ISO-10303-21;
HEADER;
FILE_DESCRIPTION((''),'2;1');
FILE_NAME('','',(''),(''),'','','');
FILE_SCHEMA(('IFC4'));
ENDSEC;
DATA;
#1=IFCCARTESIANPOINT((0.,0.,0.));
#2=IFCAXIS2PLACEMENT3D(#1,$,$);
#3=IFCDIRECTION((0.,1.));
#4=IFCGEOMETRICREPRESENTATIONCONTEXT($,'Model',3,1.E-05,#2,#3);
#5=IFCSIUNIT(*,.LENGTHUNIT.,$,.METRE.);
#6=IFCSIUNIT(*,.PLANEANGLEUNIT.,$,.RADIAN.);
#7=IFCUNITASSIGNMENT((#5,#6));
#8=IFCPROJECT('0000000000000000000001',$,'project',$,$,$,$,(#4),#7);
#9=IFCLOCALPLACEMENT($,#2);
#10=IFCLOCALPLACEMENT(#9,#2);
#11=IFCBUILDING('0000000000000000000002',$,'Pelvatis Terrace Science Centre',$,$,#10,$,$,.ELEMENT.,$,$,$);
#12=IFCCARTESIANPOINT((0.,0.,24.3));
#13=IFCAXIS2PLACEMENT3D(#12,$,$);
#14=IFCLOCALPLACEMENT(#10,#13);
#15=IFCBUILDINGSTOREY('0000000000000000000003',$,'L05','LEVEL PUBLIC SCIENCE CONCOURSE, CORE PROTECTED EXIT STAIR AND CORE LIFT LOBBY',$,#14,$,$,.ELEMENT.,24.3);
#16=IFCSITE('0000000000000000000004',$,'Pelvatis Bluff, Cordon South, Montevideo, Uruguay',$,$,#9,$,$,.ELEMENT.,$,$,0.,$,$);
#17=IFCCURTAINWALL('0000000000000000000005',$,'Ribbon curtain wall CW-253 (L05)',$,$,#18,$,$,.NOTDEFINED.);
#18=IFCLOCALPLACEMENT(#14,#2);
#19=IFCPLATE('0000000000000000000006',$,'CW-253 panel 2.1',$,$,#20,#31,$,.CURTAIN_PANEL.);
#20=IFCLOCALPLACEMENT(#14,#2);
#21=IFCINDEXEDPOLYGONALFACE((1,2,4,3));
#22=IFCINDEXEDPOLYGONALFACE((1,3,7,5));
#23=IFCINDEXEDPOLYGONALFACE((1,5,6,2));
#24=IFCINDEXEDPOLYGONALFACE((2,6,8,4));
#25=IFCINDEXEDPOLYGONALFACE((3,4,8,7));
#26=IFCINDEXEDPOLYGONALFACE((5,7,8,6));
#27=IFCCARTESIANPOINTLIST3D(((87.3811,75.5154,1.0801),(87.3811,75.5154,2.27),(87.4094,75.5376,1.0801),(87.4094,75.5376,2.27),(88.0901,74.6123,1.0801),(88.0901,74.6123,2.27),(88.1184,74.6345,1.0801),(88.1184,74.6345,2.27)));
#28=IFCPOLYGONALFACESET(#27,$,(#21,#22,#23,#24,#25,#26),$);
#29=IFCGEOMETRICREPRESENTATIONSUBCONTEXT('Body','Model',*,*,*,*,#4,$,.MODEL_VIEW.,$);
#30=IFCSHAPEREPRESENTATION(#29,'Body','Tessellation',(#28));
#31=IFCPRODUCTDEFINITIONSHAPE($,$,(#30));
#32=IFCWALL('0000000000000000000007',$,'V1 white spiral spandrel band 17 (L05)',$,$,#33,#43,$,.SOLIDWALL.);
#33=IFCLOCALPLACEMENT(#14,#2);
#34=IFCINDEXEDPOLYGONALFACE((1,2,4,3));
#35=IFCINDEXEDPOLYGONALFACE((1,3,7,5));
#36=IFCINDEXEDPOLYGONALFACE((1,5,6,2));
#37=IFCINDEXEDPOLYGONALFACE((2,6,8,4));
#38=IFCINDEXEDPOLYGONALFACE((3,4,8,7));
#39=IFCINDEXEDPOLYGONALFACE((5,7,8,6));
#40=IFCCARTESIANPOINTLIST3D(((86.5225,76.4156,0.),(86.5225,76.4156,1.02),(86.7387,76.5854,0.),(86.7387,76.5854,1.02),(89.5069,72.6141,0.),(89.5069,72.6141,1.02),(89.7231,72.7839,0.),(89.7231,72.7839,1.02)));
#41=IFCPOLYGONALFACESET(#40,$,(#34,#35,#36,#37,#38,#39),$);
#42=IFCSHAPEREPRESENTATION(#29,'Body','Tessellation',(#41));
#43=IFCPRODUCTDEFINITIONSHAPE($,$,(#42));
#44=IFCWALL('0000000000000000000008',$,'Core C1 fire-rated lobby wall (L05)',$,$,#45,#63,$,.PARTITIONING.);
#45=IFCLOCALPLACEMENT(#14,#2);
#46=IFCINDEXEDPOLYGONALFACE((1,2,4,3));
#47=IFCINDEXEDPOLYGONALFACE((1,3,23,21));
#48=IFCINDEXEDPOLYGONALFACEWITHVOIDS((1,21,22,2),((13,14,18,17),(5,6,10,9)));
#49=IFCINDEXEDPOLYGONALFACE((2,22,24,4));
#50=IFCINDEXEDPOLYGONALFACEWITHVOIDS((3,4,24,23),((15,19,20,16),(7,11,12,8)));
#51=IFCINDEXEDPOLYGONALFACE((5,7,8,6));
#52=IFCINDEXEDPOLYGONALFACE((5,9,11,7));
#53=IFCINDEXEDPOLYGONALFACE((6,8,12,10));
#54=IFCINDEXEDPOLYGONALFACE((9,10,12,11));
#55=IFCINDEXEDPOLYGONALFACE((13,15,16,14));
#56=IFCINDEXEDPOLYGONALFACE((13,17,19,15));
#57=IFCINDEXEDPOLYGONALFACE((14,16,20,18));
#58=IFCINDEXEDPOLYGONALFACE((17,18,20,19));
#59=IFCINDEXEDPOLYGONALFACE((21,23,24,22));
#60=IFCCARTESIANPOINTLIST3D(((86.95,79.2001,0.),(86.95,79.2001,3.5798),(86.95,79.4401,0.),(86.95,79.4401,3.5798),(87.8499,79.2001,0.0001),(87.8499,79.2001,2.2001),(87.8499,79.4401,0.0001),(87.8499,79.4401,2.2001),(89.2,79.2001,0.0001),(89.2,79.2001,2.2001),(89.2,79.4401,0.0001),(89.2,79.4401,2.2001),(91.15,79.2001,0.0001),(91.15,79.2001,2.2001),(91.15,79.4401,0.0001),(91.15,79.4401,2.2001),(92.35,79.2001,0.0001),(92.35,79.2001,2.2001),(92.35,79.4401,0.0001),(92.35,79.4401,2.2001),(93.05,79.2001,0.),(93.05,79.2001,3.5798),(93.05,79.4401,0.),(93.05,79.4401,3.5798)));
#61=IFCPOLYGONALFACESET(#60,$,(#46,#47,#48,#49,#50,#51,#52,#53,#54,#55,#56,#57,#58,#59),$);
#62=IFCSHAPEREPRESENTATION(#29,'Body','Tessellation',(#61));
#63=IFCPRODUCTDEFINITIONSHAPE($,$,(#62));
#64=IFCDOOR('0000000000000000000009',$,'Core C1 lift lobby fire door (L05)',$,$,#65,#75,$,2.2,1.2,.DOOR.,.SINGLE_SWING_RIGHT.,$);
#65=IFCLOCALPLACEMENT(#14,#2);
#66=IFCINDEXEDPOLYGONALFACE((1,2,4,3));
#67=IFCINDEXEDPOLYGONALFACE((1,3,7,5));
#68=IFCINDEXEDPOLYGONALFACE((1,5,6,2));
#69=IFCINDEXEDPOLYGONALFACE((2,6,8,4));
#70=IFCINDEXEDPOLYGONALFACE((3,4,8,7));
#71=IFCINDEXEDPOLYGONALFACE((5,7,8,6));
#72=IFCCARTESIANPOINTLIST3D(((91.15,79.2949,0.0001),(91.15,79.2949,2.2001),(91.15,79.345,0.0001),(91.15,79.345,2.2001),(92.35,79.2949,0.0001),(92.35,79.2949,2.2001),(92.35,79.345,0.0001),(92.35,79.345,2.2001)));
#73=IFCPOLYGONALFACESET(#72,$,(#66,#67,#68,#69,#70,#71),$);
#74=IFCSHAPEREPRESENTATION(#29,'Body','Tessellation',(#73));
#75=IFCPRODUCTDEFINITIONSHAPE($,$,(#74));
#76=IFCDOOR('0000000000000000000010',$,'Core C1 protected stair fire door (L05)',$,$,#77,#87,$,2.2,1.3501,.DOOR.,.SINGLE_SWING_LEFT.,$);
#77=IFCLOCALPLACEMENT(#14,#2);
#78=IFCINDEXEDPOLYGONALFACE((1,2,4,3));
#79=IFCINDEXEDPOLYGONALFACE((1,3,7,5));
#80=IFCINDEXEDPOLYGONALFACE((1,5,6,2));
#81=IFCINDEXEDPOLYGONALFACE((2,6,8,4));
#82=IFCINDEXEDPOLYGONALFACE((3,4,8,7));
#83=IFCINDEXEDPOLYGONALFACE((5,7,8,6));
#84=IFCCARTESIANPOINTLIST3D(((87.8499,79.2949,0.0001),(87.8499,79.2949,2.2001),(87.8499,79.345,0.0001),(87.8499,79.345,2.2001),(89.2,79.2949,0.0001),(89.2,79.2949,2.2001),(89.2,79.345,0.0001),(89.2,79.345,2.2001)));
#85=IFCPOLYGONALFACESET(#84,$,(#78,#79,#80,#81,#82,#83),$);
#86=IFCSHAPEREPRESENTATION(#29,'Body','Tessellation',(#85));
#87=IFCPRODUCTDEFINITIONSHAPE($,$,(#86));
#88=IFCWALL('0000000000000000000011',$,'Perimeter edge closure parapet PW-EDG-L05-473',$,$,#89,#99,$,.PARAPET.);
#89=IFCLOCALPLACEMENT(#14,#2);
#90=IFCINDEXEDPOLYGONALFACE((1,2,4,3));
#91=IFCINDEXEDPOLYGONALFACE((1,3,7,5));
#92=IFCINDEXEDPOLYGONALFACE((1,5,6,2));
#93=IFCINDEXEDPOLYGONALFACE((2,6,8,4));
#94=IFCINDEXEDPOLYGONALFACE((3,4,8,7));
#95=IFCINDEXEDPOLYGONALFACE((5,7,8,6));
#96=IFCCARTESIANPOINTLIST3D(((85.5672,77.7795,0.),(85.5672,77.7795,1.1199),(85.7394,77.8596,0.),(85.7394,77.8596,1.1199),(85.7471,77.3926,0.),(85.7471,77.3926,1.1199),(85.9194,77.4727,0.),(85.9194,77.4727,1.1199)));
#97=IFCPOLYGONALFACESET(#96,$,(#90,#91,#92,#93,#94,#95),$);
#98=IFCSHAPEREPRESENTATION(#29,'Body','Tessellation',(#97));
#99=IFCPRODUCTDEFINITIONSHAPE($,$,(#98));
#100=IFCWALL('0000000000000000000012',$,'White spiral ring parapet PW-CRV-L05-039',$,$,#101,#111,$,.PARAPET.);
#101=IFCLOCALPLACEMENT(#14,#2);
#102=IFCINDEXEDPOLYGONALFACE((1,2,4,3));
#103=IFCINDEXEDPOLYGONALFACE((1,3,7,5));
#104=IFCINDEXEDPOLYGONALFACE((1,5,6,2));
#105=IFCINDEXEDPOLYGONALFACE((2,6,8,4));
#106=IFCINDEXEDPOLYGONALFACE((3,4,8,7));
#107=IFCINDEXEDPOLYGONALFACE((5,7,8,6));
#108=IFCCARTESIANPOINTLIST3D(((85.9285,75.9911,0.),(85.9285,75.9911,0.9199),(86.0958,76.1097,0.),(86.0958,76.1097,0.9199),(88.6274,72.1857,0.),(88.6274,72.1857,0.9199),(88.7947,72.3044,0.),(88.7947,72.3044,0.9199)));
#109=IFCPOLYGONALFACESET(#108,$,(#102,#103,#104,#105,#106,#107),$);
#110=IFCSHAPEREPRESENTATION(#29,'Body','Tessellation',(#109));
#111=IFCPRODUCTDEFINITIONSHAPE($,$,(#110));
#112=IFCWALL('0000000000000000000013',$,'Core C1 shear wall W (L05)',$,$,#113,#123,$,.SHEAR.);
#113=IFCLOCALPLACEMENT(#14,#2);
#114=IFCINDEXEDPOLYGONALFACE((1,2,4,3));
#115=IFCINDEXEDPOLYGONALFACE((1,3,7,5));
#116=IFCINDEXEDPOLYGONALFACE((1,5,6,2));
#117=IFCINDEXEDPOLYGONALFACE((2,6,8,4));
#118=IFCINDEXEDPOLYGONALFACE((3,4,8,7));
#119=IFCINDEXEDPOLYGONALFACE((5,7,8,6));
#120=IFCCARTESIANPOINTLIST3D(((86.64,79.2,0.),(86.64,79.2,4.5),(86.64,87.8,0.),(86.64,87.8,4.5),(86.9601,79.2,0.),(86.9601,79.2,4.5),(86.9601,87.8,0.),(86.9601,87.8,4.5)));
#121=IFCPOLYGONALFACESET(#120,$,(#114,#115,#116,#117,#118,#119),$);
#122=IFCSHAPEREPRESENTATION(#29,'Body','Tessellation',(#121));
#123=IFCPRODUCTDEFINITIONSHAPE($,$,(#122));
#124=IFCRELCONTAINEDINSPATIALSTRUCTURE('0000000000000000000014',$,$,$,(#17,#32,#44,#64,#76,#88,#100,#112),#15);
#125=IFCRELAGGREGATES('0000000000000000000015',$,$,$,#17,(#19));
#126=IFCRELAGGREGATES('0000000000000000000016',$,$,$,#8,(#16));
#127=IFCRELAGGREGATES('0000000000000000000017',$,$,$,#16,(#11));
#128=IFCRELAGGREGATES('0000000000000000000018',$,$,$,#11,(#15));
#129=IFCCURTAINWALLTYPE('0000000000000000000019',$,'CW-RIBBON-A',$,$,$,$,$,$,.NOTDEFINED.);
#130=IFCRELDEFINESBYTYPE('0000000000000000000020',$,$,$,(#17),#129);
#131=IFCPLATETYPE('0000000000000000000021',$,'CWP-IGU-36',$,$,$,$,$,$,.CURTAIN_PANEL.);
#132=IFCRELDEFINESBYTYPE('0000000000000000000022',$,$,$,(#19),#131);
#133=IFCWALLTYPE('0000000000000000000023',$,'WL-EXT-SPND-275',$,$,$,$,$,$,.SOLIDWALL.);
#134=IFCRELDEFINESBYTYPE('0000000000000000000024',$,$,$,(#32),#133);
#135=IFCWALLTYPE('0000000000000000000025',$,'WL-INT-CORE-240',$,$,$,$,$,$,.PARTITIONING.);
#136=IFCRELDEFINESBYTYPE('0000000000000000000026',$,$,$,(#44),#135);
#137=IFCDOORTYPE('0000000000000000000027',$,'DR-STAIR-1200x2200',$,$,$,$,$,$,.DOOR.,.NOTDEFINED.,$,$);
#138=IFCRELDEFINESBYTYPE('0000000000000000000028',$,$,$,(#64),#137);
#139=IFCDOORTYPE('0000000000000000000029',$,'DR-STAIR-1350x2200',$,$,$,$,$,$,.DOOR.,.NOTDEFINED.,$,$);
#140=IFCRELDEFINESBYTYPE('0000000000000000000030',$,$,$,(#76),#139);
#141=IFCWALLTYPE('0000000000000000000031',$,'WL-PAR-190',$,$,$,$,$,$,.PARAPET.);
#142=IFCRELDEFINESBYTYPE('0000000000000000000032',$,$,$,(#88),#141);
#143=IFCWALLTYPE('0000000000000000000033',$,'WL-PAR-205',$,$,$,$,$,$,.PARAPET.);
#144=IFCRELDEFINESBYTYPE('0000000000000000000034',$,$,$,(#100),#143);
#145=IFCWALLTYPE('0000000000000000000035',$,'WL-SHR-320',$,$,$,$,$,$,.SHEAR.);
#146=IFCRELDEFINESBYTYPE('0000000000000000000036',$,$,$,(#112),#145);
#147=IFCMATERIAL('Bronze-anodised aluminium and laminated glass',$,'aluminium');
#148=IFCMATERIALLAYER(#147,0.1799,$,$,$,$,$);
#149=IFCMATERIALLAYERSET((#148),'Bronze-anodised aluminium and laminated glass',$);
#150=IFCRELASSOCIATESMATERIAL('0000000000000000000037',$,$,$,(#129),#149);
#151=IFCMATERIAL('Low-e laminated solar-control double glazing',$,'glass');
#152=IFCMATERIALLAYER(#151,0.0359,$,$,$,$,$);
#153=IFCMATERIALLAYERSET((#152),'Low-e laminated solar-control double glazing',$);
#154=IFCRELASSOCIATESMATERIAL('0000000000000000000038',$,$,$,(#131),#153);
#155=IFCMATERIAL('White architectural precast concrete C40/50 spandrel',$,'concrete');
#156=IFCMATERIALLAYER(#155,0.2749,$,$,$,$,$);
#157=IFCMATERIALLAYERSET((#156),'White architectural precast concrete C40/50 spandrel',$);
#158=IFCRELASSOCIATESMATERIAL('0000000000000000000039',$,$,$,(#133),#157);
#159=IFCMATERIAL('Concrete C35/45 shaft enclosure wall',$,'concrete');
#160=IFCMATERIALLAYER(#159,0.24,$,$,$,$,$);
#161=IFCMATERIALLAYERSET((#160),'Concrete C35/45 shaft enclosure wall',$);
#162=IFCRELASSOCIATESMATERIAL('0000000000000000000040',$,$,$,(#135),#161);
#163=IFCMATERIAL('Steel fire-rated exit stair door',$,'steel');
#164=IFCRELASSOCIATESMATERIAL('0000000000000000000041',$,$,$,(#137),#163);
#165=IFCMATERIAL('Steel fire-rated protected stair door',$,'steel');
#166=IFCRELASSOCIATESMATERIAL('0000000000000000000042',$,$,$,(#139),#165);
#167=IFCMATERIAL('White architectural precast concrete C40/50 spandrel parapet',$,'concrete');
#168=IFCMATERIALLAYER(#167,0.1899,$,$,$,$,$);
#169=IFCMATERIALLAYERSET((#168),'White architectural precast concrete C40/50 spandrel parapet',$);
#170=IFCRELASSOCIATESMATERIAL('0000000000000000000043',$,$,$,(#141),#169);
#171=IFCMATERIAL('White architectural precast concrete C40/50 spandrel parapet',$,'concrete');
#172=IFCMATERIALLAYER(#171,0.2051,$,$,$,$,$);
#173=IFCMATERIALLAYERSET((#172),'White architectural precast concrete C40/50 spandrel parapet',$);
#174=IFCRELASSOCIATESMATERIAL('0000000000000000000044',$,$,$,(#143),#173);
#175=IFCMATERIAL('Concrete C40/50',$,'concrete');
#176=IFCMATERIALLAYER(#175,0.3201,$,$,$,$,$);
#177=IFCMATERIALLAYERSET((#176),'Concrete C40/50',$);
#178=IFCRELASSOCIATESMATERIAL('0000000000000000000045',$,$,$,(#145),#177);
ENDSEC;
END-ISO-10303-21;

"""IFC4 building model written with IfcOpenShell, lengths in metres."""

from ifc_helpers import new_model, si_unit, direction, frame, frame_2d, origin, origin_2d, place, context, subcontext, project, spatial, rectangle, extrude, material, layer, layer_set, type_object, element, fill, aggregate, save


model = new_model("IFC4")

# Units and contexts
model_context = context("Model", 3, precision=1e-05, world=origin(), true_north=direction((0.0, 1.0)))
body_context = subcontext(model_context, "Body", "Model", "MODEL_VIEW")
ifc_project = project(units=[si_unit("LENGTHUNIT", "METRE"), si_unit("PLANEANGLEUNIT", "RADIAN")], contexts=[model_context])

# Site, building, storey
site_placement = place(None, origin())
site = spatial("IfcSite", under=ifc_project, at=site_placement, Name="Pelvatis Bluff, Cordon South, Montevideo, Uruguay", CompositionType="ELEMENT", RefElevation=0.0)
building_placement = place(site_placement, origin())
building = spatial("IfcBuilding", under=site, at=building_placement, Name="Pelvatis Terrace Science Centre", CompositionType="ELEMENT")
storey_placement = place(building_placement, frame((0.0, 0.0, 24.3)))
storey = spatial("IfcBuildingStorey", under=building, at=storey_placement, Name="L05", Description="LEVEL PUBLIC SCIENCE CONCOURSE, CORE PROTECTED EXIT STAIR AND CORE LIFT LOBBY", CompositionType="ELEMENT", Elevation=24.3)

# Curtain wall
ifc_material_1 = material(Name="Bronze-anodised aluminium and laminated glass", Category="aluminium")
ifc_layer_1 = layer(ifc_material_1, 0.1799)
ifc_layer_set_1 = layer_set([ifc_layer_1], Name="Bronze-anodised aluminium and laminated glass")
curtain_wall_type = type_object("IfcCurtainWallType", Name="CW-RIBBON-A", PredefinedType="NOTDEFINED", material=ifc_layer_set_1)
curtain_wall_1_placement = place(storey_placement, origin())
curtain_wall_1 = element("IfcCurtainWall", 1, at=curtain_wall_1_placement, inside=storey, type_object=curtain_wall_type, Name="Ribbon curtain wall CW-253 (L05)", PredefinedType="NOTDEFINED")

# Plate
ifc_material_2 = material(Name="Low-e laminated solar-control double glazing", Category="glass")
ifc_layer_2 = layer(ifc_material_2, 0.0359)
ifc_layer_set_2 = layer_set([ifc_layer_2], Name="Low-e laminated solar-control double glazing")
plate_type = type_object("IfcPlateType", Name="CWP-IGU-36", PredefinedType="CURTAIN_PANEL", material=ifc_layer_set_2)
plate_1_placement = place(storey_placement, frame((87.7498, 75.075, 1.0801), z_axis=(0.0, 0.0, 1.0), x_axis=(0.617493, -0.786577, 0.0)))
plate_1 = element("IfcPlate", 2, at=plate_1_placement, type_object=plate_type, Name="CW-253 panel 2.1", PredefinedType="CURTAIN_PANEL", context=body_context, shape_type="SweptSolid", body=[
    extrude(rectangle(XDim=1.1482, YDim=0.0359, at=origin_2d()), origin(), (0.0, 0.0, 1.0), 1.1899),
])
aggregate(curtain_wall_1, [plate_1])

# Wall
ifc_material_3 = material(Name="White architectural precast concrete C40/50 spandrel", Category="concrete")
ifc_layer_3 = layer(ifc_material_3, 0.2749)
ifc_layer_set_3 = layer_set([ifc_layer_3], Name="White architectural precast concrete C40/50 spandrel")
wall_type_1 = type_object("IfcWallType", Name="WL-EXT-SPND-275", PredefinedType="SOLIDWALL", material=ifc_layer_set_3)
wall_1_placement = place(storey_placement, frame((86.6306, 76.5005, 0.0), z_axis=(0.0, 0.0, 1.0), x_axis=(0.617498, -0.786572, 0.0)))
element("IfcWall", 3, at=wall_1_placement, inside=storey, type_object=wall_type_1, Name="V1 white spiral spandrel band 17 (L05)", PredefinedType="SOLIDWALL", context=body_context, shape_type="SweptSolid", body=[
    extrude(rectangle(XDim=4.833, YDim=0.2749, at=frame_2d((2.4165, 0.0))), origin(), (0.0, 0.0, 1.0), 1.02),
])

# Wall, openings, doors
ifc_material_4 = material(Name="Concrete C35/45 shaft enclosure wall", Category="concrete")
ifc_layer_4 = layer(ifc_material_4, 0.24)
ifc_layer_set_4 = layer_set([ifc_layer_4], Name="Concrete C35/45 shaft enclosure wall")
wall_type_2 = type_object("IfcWallType", Name="WL-INT-CORE-240", PredefinedType="PARTITIONING", material=ifc_layer_set_4)
wall_2_placement = place(storey_placement, frame((86.95, 79.3201, 0.0), z_axis=(0.0, 0.0, 1.0), x_axis=(1.0, 0.0, 0.0)))
wall_2 = element("IfcWall", 4, at=wall_2_placement, inside=storey, type_object=wall_type_2, Name="Core C1 fire-rated lobby wall (L05)", PredefinedType="PARTITIONING", context=body_context, shape_type="SweptSolid", body=[
    extrude(rectangle(XDim=6.1001, YDim=0.24, at=frame_2d((3.05, 0.0))), origin(), (0.0, 0.0, 1.0), 3.5798),
])
opening_1_placement = place(wall_2_placement, frame((0.8999, 0.0, 0.0)))
opening_1 = element("IfcOpeningElement", 5, at=opening_1_placement, cuts=wall_2, PredefinedType="OPENING", context=body_context, shape_type="SweptSolid", body=[
    extrude(rectangle(XDim=1.3501, YDim=2.2, at=frame_2d((0.675, 1.1001))), frame((0.0, 0.1299, 0.0), z_axis=(0.0, -1.0, 0.0), x_axis=(1.0, 0.0, 0.0)), (0.0, 0.0, 1.0), 0.26),
])
opening_2_placement = place(wall_2_placement, frame((4.2, 0.0, 0.0)))
opening_2 = element("IfcOpeningElement", 6, at=opening_2_placement, cuts=wall_2, PredefinedType="OPENING", context=body_context, shape_type="SweptSolid", body=[
    extrude(rectangle(XDim=1.2, YDim=2.2, at=frame_2d((0.6001, 1.1001))), frame((0.0, 0.1299, 0.0), z_axis=(0.0, -1.0, 0.0), x_axis=(1.0, 0.0, 0.0)), (0.0, 0.0, 1.0), 0.26),
])
ifc_material_5 = material(Name="Steel fire-rated exit stair door", Category="steel")
door_type_1 = type_object("IfcDoorType", Name="DR-STAIR-1200x2200", OperationType="NOTDEFINED", PredefinedType="DOOR", material=ifc_material_5)
door_1_placement = place(opening_2_placement, origin())
door_1 = element("IfcDoor", 7, at=door_1_placement, inside=storey, type_object=door_type_1, Name="Core C1 lift lobby fire door (L05)", OperationType="SINGLE_SWING_RIGHT", OverallHeight=2.2, OverallWidth=1.2, PredefinedType="DOOR", context=body_context, shape_type="SweptSolid", body=[
    extrude(rectangle(XDim=1.2, YDim=2.2, at=frame_2d((0.6001, 1.1001))), frame((0.0, 0.0249, 0.0), z_axis=(0.0, -1.0, 0.0), x_axis=(1.0, 0.0, 0.0)), (0.0, 0.0, 1.0), 0.05),
])
fill(opening_2, door_1)
ifc_material_6 = material(Name="Steel fire-rated protected stair door", Category="steel")
door_type_2 = type_object("IfcDoorType", Name="DR-STAIR-1350x2200", OperationType="NOTDEFINED", PredefinedType="DOOR", material=ifc_material_6)
door_2_placement = place(opening_1_placement, origin())
door_2 = element("IfcDoor", 8, at=door_2_placement, inside=storey, type_object=door_type_2, Name="Core C1 protected stair fire door (L05)", OperationType="SINGLE_SWING_LEFT", OverallHeight=2.2, OverallWidth=1.3501, PredefinedType="DOOR", context=body_context, shape_type="SweptSolid", body=[
    extrude(rectangle(XDim=1.3501, YDim=2.2, at=frame_2d((0.675, 1.1001))), frame((0.0, 0.0249, 0.0), z_axis=(0.0, -1.0, 0.0), x_axis=(1.0, 0.0, 0.0)), (0.0, 0.0, 1.0), 0.05),
])
fill(opening_1, door_2)

# Walls
ifc_material_7 = material(Name="White architectural precast concrete C40/50 spandrel parapet", Category="concrete")
ifc_layer_5 = layer(ifc_material_7, 0.1899)
ifc_layer_set_5 = layer_set([ifc_layer_5], Name="White architectural precast concrete C40/50 spandrel parapet")
wall_type_3 = type_object("IfcWallType", Name="WL-PAR-190", PredefinedType="PARAPET", material=ifc_layer_set_5)
wall_3_placement = place(storey_placement, frame((85.8333, 77.4326, 0.0), z_axis=(0.0, 0.0, 1.0), x_axis=(-0.421632, 0.906767, 0.0)))
element("IfcWall", 9, at=wall_3_placement, inside=storey, type_object=wall_type_3, Name="Perimeter edge closure parapet PW-EDG-L05-473", PredefinedType="PARAPET", context=body_context, shape_type="SweptSolid", body=[
    extrude(rectangle(XDim=0.4268, YDim=0.1899, at=frame_2d((0.2134, 0.0))), origin(), (0.0, 0.0, 1.0), 1.1199),
])
ifc_material_8 = material(Name="White architectural precast concrete C40/50 spandrel parapet", Category="concrete")
ifc_layer_6 = layer(ifc_material_8, 0.2051)
ifc_layer_set_6 = layer_set([ifc_layer_6], Name="White architectural precast concrete C40/50 spandrel parapet")
wall_type_4 = type_object("IfcWallType", Name="WL-PAR-205", PredefinedType="PARAPET", material=ifc_layer_set_6)
wall_4_placement = place(storey_placement, frame((86.0122, 76.0503, 0.0), z_axis=(0.0, 0.0, 1.0), x_axis=(0.578512, -0.815674, 0.0)))
element("IfcWall", 10, at=wall_4_placement, inside=storey, type_object=wall_type_4, Name="White spiral ring parapet PW-CRV-L05-039", PredefinedType="PARAPET", context=body_context, shape_type="SweptSolid", body=[
    extrude(rectangle(XDim=4.6653, YDim=0.2051, at=frame_2d((2.3325, 0.0))), origin(), (0.0, 0.0, 1.0), 0.9199),
])
ifc_material_9 = material(Name="Concrete C40/50", Category="concrete")
ifc_layer_7 = layer(ifc_material_9, 0.3201)
ifc_layer_set_7 = layer_set([ifc_layer_7], Name="Concrete C40/50")
wall_type_5 = type_object("IfcWallType", Name="WL-SHR-320", PredefinedType="SHEAR", material=ifc_layer_set_7)
wall_5_placement = place(storey_placement, frame((86.8, 79.2, 0.0), z_axis=(0.0, 0.0, 1.0), x_axis=(0.0, 1.0, 0.0)))
element("IfcWall", 11, at=wall_5_placement, inside=storey, type_object=wall_type_5, Name="Core C1 shear wall W (L05)", PredefinedType="SHEAR", context=body_context, shape_type="SweptSolid", body=[
    extrude(rectangle(XDim=8.6001, YDim=0.3201, at=frame_2d((4.3, 0.0))), origin(), (0.0, 0.0, 1.0), 4.5),
])

save(model, "model.ifc")
